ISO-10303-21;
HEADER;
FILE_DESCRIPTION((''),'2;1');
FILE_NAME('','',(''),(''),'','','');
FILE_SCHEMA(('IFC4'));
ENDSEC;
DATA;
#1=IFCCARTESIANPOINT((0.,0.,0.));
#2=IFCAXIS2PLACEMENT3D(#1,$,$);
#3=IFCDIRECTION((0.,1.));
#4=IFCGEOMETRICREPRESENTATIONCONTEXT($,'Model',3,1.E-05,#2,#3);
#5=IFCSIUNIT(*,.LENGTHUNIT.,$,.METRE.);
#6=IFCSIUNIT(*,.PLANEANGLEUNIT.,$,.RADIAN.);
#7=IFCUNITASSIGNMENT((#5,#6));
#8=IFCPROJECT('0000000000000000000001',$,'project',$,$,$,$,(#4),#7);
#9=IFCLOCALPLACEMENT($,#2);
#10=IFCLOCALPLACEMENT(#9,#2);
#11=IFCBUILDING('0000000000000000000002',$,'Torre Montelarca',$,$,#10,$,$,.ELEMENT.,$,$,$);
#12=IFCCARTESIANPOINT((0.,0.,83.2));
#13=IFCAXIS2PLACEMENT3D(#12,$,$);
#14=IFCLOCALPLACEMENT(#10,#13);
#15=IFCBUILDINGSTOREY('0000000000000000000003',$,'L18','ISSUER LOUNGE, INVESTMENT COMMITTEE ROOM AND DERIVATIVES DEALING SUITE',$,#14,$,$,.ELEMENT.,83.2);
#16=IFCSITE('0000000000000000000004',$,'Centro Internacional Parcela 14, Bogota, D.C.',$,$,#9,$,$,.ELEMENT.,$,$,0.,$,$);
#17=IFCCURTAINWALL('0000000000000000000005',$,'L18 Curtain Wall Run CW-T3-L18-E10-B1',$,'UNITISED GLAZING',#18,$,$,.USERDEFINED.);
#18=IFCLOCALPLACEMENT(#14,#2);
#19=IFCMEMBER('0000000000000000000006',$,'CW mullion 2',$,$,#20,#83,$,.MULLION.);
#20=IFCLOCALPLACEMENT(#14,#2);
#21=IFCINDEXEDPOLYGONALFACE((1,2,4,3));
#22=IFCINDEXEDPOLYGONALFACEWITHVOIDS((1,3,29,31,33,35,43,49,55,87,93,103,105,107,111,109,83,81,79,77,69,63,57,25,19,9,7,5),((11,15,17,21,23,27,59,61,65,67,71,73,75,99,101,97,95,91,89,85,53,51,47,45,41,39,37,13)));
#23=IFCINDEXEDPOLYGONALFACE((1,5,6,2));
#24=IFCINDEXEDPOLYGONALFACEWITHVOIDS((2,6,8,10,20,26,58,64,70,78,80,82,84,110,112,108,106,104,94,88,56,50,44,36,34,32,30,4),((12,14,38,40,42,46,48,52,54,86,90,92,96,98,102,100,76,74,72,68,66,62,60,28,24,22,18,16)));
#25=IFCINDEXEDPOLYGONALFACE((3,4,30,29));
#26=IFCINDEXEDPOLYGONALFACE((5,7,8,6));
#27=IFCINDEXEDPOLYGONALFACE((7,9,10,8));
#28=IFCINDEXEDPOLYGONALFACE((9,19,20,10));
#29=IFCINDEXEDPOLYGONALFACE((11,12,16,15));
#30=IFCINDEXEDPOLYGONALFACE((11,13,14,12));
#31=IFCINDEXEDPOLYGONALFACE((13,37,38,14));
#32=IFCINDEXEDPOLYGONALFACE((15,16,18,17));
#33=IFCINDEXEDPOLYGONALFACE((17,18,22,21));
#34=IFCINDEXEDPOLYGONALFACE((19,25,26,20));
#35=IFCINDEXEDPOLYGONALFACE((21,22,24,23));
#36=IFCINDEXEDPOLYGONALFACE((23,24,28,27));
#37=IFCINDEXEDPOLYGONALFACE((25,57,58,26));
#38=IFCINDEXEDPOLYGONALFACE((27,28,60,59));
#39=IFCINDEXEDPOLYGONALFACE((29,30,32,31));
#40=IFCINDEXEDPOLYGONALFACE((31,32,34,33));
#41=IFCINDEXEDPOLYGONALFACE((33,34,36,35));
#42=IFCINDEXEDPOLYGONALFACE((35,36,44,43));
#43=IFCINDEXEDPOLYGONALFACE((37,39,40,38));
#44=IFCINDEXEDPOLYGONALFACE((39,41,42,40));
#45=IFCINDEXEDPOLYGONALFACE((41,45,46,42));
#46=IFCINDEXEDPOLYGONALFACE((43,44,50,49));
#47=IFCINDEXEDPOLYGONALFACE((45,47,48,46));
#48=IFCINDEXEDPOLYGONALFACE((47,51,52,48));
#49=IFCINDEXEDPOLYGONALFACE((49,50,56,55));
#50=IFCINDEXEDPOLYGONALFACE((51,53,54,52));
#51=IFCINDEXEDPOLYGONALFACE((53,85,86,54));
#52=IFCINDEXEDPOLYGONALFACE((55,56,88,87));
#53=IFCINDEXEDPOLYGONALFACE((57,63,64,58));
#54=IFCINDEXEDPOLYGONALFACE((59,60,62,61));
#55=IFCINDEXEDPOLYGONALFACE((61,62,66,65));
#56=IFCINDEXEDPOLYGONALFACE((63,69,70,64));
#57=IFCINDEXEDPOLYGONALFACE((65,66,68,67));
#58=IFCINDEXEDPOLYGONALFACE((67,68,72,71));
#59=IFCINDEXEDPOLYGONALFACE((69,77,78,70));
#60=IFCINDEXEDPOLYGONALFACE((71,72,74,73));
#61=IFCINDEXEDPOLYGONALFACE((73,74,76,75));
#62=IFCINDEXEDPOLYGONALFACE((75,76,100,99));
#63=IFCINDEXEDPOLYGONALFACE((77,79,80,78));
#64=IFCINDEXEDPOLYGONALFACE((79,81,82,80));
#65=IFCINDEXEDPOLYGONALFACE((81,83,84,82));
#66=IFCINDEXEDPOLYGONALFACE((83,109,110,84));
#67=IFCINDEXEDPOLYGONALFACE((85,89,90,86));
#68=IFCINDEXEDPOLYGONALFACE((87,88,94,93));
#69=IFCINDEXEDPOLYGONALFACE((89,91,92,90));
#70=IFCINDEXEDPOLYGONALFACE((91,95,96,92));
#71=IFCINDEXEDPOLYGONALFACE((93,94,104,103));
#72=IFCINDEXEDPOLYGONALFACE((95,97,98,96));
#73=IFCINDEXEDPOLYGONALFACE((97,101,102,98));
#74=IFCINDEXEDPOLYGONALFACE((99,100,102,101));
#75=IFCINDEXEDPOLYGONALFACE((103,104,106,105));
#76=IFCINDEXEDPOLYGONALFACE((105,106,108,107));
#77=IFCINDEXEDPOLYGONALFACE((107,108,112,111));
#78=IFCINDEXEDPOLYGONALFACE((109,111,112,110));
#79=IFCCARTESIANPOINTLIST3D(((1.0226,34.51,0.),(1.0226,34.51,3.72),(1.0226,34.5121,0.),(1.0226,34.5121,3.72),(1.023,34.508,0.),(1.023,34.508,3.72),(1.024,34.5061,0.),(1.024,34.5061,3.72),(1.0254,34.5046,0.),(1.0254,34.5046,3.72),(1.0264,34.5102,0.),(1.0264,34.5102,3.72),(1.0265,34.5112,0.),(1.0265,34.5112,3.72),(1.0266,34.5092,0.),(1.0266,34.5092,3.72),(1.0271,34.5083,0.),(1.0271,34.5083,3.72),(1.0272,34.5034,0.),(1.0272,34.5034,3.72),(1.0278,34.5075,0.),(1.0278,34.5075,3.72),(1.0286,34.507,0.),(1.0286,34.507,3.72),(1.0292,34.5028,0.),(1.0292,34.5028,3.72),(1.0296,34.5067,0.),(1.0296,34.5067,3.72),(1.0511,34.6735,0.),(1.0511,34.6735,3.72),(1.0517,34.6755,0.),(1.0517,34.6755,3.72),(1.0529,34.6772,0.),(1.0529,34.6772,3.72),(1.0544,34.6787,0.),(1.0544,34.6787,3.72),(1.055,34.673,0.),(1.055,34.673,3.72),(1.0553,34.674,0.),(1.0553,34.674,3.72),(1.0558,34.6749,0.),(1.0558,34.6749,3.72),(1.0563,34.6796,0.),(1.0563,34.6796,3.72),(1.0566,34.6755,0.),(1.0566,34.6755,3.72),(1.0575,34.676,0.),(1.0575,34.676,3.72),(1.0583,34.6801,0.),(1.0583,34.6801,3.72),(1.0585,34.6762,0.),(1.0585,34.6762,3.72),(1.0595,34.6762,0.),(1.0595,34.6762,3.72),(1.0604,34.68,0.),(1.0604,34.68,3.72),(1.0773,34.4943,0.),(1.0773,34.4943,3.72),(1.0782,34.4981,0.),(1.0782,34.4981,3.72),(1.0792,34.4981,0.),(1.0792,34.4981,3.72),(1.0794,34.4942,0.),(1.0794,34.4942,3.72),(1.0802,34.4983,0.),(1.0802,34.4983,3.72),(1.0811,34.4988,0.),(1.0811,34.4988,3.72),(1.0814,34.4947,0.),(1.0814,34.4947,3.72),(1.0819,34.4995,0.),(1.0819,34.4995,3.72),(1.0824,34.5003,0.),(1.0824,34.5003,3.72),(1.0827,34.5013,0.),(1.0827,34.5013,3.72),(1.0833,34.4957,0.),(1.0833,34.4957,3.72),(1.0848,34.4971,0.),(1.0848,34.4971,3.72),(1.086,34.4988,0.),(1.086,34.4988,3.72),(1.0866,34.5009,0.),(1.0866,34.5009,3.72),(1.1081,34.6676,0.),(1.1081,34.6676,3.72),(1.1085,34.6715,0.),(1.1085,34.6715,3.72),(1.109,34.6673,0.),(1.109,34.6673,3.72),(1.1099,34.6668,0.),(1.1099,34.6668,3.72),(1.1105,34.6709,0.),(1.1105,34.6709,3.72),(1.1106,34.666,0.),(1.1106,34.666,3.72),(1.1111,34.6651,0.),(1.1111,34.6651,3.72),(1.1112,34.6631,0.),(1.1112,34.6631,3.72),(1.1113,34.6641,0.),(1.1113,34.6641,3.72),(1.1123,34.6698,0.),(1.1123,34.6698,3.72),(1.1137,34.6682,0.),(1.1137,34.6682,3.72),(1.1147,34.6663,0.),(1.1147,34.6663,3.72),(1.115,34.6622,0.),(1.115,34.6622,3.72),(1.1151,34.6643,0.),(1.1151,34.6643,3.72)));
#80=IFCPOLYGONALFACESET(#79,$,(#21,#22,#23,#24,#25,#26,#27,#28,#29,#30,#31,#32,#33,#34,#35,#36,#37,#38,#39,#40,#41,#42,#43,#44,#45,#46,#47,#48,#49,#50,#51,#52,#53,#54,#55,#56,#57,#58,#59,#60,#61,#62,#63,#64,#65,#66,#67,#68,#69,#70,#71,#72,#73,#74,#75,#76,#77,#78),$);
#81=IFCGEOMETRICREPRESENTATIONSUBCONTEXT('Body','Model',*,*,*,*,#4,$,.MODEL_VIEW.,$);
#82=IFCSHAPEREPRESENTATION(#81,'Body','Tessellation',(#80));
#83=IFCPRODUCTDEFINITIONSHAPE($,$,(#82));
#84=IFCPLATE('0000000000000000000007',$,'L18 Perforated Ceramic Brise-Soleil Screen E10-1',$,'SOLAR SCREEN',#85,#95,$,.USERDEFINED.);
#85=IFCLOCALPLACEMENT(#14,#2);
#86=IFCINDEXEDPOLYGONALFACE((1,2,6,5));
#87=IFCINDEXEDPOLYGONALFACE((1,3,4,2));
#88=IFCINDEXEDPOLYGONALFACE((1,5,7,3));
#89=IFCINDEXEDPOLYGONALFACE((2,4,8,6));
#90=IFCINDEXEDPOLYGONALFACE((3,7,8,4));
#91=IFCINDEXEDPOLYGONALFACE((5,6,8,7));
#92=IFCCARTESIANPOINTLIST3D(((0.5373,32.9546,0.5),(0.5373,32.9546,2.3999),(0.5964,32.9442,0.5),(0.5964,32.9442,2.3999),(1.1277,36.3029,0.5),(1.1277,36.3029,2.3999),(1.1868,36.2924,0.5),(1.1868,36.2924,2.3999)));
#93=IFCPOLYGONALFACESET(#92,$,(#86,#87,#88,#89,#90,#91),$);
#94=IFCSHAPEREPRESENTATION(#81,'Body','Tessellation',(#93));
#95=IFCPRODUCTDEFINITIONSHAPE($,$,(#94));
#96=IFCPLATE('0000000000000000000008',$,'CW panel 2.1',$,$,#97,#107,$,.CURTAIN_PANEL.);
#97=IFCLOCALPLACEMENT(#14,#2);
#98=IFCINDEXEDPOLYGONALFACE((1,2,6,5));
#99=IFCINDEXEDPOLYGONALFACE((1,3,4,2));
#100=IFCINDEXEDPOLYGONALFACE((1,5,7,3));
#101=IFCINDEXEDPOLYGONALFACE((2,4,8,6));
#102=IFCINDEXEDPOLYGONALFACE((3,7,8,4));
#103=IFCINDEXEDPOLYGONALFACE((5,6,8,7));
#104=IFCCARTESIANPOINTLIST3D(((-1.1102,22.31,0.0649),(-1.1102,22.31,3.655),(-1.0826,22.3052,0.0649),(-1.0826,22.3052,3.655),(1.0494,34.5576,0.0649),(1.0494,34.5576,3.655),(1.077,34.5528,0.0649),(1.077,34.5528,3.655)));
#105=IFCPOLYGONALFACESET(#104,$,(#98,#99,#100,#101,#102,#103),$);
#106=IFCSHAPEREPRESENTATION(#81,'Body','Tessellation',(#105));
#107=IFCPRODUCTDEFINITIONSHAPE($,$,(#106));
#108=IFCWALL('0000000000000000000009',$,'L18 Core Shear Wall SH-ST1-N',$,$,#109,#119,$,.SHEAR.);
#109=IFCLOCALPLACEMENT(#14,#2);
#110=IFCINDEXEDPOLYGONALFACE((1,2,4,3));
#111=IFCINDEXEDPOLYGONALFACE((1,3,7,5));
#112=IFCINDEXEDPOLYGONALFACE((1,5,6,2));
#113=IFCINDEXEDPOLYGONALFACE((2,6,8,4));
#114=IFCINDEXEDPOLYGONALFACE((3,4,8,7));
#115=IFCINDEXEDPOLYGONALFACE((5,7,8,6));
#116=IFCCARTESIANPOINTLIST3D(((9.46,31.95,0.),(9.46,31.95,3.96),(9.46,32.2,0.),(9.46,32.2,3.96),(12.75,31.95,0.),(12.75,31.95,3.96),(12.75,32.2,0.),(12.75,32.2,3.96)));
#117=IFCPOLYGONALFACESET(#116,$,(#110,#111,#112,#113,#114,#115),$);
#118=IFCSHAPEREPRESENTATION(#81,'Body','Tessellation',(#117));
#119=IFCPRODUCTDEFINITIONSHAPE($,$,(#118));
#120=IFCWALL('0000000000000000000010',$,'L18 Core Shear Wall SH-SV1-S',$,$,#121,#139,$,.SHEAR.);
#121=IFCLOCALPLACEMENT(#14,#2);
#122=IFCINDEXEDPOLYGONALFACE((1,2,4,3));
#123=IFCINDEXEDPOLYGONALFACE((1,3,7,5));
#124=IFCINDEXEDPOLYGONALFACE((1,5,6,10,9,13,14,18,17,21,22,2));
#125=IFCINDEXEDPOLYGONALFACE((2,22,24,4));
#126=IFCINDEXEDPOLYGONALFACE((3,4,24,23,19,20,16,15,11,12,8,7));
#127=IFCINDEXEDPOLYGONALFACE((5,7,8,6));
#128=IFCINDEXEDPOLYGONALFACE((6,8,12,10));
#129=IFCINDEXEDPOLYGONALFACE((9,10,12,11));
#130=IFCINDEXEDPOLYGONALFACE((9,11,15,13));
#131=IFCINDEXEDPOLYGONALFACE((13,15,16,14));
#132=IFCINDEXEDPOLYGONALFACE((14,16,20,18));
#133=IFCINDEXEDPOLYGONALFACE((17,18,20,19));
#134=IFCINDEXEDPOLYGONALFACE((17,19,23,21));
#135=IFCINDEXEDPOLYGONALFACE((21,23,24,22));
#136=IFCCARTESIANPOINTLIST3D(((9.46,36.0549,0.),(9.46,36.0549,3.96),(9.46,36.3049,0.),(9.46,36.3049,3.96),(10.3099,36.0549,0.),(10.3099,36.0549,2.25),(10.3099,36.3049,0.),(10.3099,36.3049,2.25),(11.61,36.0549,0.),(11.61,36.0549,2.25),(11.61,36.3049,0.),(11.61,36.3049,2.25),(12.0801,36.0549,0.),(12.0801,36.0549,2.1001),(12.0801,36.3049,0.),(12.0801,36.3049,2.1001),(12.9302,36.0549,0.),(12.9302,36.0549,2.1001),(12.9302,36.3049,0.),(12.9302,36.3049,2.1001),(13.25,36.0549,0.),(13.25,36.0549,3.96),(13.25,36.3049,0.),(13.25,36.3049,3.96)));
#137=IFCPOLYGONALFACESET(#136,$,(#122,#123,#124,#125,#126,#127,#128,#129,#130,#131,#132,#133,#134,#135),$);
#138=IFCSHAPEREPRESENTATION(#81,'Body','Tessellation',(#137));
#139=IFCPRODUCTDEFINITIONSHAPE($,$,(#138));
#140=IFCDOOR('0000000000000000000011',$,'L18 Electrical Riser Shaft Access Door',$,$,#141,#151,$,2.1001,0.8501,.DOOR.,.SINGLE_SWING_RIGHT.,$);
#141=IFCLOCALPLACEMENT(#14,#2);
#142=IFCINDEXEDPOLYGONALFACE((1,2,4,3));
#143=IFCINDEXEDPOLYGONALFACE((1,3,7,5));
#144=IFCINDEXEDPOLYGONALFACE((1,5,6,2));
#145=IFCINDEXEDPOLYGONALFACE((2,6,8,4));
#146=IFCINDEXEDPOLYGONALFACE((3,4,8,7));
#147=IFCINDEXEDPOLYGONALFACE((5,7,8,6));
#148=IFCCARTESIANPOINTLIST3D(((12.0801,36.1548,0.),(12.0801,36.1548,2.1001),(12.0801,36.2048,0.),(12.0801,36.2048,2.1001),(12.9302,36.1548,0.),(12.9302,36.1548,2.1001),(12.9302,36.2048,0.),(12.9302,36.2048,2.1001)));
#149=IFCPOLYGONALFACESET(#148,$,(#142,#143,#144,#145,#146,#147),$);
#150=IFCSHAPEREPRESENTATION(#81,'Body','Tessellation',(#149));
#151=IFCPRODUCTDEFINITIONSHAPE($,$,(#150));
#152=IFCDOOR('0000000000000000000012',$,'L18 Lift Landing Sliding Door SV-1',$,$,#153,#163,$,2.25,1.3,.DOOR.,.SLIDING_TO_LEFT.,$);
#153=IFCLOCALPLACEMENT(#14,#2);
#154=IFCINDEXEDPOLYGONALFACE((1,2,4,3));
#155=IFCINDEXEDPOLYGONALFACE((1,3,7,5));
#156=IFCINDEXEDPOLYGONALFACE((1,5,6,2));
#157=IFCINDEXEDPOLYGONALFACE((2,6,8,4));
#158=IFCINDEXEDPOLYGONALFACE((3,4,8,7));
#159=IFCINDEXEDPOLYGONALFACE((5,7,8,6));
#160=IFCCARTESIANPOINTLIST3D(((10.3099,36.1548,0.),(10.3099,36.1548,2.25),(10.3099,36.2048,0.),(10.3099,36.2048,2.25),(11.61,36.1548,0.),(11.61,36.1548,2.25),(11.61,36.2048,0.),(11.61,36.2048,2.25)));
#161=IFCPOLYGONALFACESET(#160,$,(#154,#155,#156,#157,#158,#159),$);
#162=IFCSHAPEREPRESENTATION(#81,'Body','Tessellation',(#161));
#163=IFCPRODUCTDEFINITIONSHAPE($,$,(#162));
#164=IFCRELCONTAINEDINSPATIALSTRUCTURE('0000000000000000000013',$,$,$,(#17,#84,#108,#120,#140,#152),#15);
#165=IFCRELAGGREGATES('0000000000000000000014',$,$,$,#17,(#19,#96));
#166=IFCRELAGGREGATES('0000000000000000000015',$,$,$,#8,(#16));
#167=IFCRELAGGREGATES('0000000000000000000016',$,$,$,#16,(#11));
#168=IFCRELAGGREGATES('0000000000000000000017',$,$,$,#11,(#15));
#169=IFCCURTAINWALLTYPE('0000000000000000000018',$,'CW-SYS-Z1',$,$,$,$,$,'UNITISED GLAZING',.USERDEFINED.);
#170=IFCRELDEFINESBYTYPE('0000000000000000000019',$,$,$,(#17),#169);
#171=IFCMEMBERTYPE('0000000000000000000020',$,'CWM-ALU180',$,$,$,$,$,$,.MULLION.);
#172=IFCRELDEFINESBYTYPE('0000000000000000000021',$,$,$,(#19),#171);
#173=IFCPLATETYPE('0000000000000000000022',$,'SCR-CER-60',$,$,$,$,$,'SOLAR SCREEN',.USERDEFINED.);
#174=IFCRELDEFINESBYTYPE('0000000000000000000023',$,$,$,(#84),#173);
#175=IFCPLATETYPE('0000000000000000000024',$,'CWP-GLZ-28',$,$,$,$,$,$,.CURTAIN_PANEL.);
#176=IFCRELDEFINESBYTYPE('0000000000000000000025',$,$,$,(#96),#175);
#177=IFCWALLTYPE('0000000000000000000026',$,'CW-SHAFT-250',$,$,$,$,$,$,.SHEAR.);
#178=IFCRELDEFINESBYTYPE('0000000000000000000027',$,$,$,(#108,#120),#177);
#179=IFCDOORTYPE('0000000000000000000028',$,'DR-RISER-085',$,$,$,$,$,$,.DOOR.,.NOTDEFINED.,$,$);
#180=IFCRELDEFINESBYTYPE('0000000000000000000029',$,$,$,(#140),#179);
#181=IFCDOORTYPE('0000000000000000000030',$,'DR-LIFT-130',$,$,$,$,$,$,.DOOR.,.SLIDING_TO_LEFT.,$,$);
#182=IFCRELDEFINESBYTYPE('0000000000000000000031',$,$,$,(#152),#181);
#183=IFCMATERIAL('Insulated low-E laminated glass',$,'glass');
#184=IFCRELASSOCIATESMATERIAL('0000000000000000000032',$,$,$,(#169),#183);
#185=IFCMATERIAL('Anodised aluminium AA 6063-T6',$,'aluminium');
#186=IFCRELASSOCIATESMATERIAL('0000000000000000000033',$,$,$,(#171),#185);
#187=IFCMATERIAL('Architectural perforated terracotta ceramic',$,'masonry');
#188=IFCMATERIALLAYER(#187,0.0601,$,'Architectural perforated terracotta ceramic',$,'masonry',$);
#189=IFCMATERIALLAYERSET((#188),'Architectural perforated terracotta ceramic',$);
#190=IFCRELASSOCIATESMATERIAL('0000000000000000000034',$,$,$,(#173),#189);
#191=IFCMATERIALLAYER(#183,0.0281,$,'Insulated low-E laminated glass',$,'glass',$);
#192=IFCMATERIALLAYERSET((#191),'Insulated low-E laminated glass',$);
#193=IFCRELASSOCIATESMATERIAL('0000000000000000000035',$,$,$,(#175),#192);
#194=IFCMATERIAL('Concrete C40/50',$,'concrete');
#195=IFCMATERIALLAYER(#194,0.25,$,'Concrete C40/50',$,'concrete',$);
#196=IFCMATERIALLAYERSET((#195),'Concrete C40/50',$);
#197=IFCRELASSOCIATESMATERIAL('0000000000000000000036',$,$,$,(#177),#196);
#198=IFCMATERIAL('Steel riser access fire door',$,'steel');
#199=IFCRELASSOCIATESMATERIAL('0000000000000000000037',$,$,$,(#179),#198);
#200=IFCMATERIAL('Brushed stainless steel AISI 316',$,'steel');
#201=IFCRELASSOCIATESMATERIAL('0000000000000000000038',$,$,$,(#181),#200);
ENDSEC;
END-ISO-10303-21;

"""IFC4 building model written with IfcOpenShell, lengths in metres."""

from ifc_helpers import new_model, si_unit, direction, frame, frame_2d, origin, origin_2d, place, context, subcontext, project, spatial, rectangle, hollow_rectangle, extrude, source, transform, mapped, material, layer, layer_set, material_profile, profile_set, type_object, element, fill, aggregate, save


model = new_model("IFC4")

# Units and contexts
model_context = context("Model", 3, precision=1e-05, world=origin(), true_north=direction((0.0, 1.0)))
body_context = subcontext(model_context, "Body", "Model", "MODEL_VIEW")
ifc_project = project(units=[si_unit("LENGTHUNIT", "METRE"), si_unit("PLANEANGLEUNIT", "RADIAN")], contexts=[model_context])

# Site, building, storey
site_placement = place(None, origin())
site = spatial("IfcSite", under=ifc_project, at=site_placement, Name="Centro Internacional Parcela 14, Bogota, D.C.", CompositionType="ELEMENT", RefElevation=0.0)
building_placement = place(site_placement, origin())
building = spatial("IfcBuilding", under=site, at=building_placement, Name="Torre Montelarca", CompositionType="ELEMENT")
storey_placement = place(building_placement, frame((0.0, 0.0, 83.2)))
storey = spatial("IfcBuildingStorey", under=building, at=storey_placement, Name="L18", Description="ISSUER LOUNGE, INVESTMENT COMMITTEE ROOM AND DERIVATIVES DEALING SUITE", CompositionType="ELEMENT", Elevation=83.2)

# Curtain wall, member
ifc_material_1 = material(Name="Insulated low-E laminated glass", Category="glass")
curtain_wall_type = type_object("IfcCurtainWallType", Name="CW-SYS-Z1", ElementType="UNITISED GLAZING", PredefinedType="USERDEFINED", material=ifc_material_1)
curtain_wall_placement = place(storey_placement, origin())
curtain_wall = element("IfcCurtainWall", 1, at=curtain_wall_placement, inside=storey, type_object=curtain_wall_type, Name="L18 Curtain Wall Run CW-T3-L18-E10-B1", ObjectType="UNITISED GLAZING", PredefinedType="USERDEFINED")
ifc_material_2 = material(Name="Anodised aluminium AA 6063-T6", Category="aluminium")
ifc_material_profile_1 = material_profile(ifc_material_2, hollow_rectangle(XDim=0.0649, YDim=0.1799, WallThickness=0.0039, InnerFilletRadius=0.0039, OuterFilletRadius=0.0081, at=origin_2d()), Name="ALU65X180X4", Category="aluminium")
ifc_profile_set_1 = profile_set([ifc_material_profile_1], Name="Anodised aluminium AA 6063-T6")
member_type_1 = type_object("IfcMemberType", Name="CWM-ALU180", PredefinedType="MULLION", material=ifc_profile_set_1)
shared_shape_1 = source(origin(), body_context, "Body", "SweptSolid", [
    extrude(hollow_rectangle(XDim=0.0649, YDim=0.1799, WallThickness=0.0039, InnerFilletRadius=0.0039, OuterFilletRadius=0.0081, at=origin_2d()), origin(), (0.0, 0.0, 1.0), 3.72),
])
member_1_placement = place(storey_placement, frame((1.0688, 34.5872, 0.0), z_axis=(0.0, 0.0, 1.0), x_axis=(0.984808, -0.173646, 0.0)))
member_1 = element("IfcMember", 2, at=member_1_placement, type_object=member_type_1, Name="CW mullion 2", PredefinedType="MULLION", context=body_context, shape_type="MappedRepresentation", body=[
    mapped(shared_shape_1, transform((0.0, 0.0, 0.0), scale=1.0)),
])

# Plates
ifc_material_3 = material(Name="Architectural perforated terracotta ceramic", Category="masonry")
ifc_layer_1 = layer(ifc_material_3, 0.0601, Name="Architectural perforated terracotta ceramic", Category="masonry")
ifc_layer_set_1 = layer_set([ifc_layer_1], Name="Architectural perforated terracotta ceramic")
plate_type_1 = type_object("IfcPlateType", Name="SCR-CER-60", ElementType="SOLAR SCREEN", PredefinedType="USERDEFINED", material=ifc_layer_set_1)
shared_shape_2 = source(origin(), body_context, "Body", "SweptSolid", [
    extrude(rectangle(XDim=3.3999, YDim=0.0601, at=origin_2d()), origin(), (0.0, 0.0, 1.0), 1.8999),
])
plate_1_placement = place(storey_placement, frame((0.8621, 34.6235, 0.5), z_axis=(0.0, 0.0, 1.0), x_axis=(-0.17365, -0.984807, 0.0)))
element("IfcPlate", 3, at=plate_1_placement, inside=storey, type_object=plate_type_1, Name="L18 Perforated Ceramic Brise-Soleil Screen E10-1", ObjectType="SOLAR SCREEN", PredefinedType="USERDEFINED", context=body_context, shape_type="MappedRepresentation", body=[
    mapped(shared_shape_2, transform((0.0, 0.0, 0.0), scale=1.0)),
])
ifc_layer_2 = layer(ifc_material_1, 0.0281, Name="Insulated low-E laminated glass", Category="glass")
ifc_layer_set_2 = layer_set([ifc_layer_2], Name="Insulated low-E laminated glass")
plate_type_2 = type_object("IfcPlateType", Name="CWP-GLZ-28", PredefinedType="CURTAIN_PANEL", material=ifc_layer_set_2)
shared_shape_3 = source(origin(), body_context, "Body", "SweptSolid", [
    extrude(rectangle(XDim=12.4365, YDim=0.0281, at=origin_2d()), origin(), (0.0, 0.0, 1.0), 3.5901),
])
plate_2_placement = place(storey_placement, frame((-0.0166, 28.4314, 0.0649), z_axis=(0.0, 0.0, 1.0), x_axis=(-0.173646, -0.984808, 0.0)))
plate_2 = element("IfcPlate", 4, at=plate_2_placement, type_object=plate_type_2, Name="CW panel 2.1", PredefinedType="CURTAIN_PANEL", context=body_context, shape_type="MappedRepresentation", body=[
    mapped(shared_shape_3, transform((0.0, 0.0, 0.0), scale=1.0)),
])
aggregate(curtain_wall, [member_1, plate_2])

# Wall
ifc_material_4 = material(Name="Concrete C40/50", Category="concrete")
ifc_layer_3 = layer(ifc_material_4, 0.25, Name="Concrete C40/50", Category="concrete")
ifc_layer_set_3 = layer_set([ifc_layer_3], Name="Concrete C40/50")
wall_type_1 = type_object("IfcWallType", Name="CW-SHAFT-250", PredefinedType="SHEAR", material=ifc_layer_set_3)
wall_1_placement = place(storey_placement, frame((9.46, 32.075, 0.0), z_axis=(0.0, 0.0, 1.0), x_axis=(1.0, 0.0, 0.0)))
element("IfcWall", 5, at=wall_1_placement, inside=storey, type_object=wall_type_1, Name="L18 Core Shear Wall SH-ST1-N", PredefinedType="SHEAR", context=body_context, shape_type="SweptSolid", body=[
    extrude(rectangle(XDim=3.29, YDim=0.25, at=frame_2d((1.645, 0.0))), origin(), (0.0, 0.0, 1.0), 3.96),
])

# Wall, openings, doors
wall_2_placement = place(storey_placement, frame((9.46, 36.1799, 0.0), z_axis=(0.0, 0.0, 1.0), x_axis=(1.0, 0.0, 0.0)))
wall_2 = element("IfcWall", 6, at=wall_2_placement, inside=storey, type_object=wall_type_1, Name="L18 Core Shear Wall SH-SV1-S", PredefinedType="SHEAR", context=body_context, shape_type="SweptSolid", body=[
    extrude(rectangle(XDim=3.79, YDim=0.25, at=frame_2d((1.895, 0.0))), origin(), (0.0, 0.0, 1.0), 3.96),
])
opening_1_placement = place(wall_2_placement, frame((2.6201, 0.0, 0.0)))
opening_1 = element("IfcOpeningElement", 7, at=opening_1_placement, cuts=wall_2, PredefinedType="OPENING", context=body_context, shape_type="SweptSolid", body=[
    extrude(rectangle(XDim=0.8501, YDim=2.1001, at=frame_2d((0.425, 1.05))), frame((0.0, 0.135, 0.0), z_axis=(0.0, -1.0, 0.0), x_axis=(1.0, 0.0, 0.0)), (0.0, 0.0, 1.0), 0.27),
])
opening_2_placement = place(wall_2_placement, frame((0.8501, 0.0, 0.0)))
opening_2 = element("IfcOpeningElement", 8, at=opening_2_placement, cuts=wall_2, PredefinedType="OPENING", context=body_context, shape_type="SweptSolid", body=[
    extrude(rectangle(XDim=1.3, YDim=2.25, at=frame_2d((0.6499, 1.125))), frame((0.0, 0.135, 0.0), z_axis=(0.0, -1.0, 0.0), x_axis=(1.0, 0.0, 0.0)), (0.0, 0.0, 1.0), 0.27),
])
ifc_material_5 = material(Name="Steel riser access fire door", Category="steel")
door_type_1 = type_object("IfcDoorType", Name="DR-RISER-085", OperationType="NOTDEFINED", PredefinedType="DOOR", material=ifc_material_5)
shared_shape_4 = source(origin(), body_context, "Body", "SweptSolid", [
    extrude(rectangle(XDim=0.8501, YDim=2.1001, at=frame_2d((0.425, 1.05))), frame((0.0, 0.0249, 0.0), z_axis=(0.0, -1.0, 0.0), x_axis=(1.0, 0.0, 0.0)), (0.0, 0.0, 1.0), 0.05),
])
door_1_placement = place(opening_1_placement, origin())
door_1 = element("IfcDoor", 9, at=door_1_placement, inside=storey, type_object=door_type_1, Name="L18 Electrical Riser Shaft Access Door", OperationType="SINGLE_SWING_RIGHT", OverallHeight=2.1001, OverallWidth=0.8501, PredefinedType="DOOR", context=body_context, shape_type="MappedRepresentation", body=[
    mapped(shared_shape_4, transform((0.0, 0.0, 0.0), scale=1.0)),
])
fill(opening_1, door_1)
ifc_material_6 = material(Name="Brushed stainless steel AISI 316", Category="steel")
door_type_2 = type_object("IfcDoorType", Name="DR-LIFT-130", OperationType="SLIDING_TO_LEFT", PredefinedType="DOOR", material=ifc_material_6)
shared_shape_5 = source(origin(), body_context, "Body", "SweptSolid", [
    extrude(rectangle(XDim=1.3, YDim=2.25, at=frame_2d((0.6499, 1.125))), frame((0.0, 0.0249, 0.0), z_axis=(0.0, -1.0, 0.0), x_axis=(1.0, 0.0, 0.0)), (0.0, 0.0, 1.0), 0.05),
])
door_2_placement = place(opening_2_placement, origin())
door_2 = element("IfcDoor", 10, at=door_2_placement, inside=storey, type_object=door_type_2, Name="L18 Lift Landing Sliding Door SV-1", OperationType="SLIDING_TO_LEFT", OverallHeight=2.25, OverallWidth=1.3, PredefinedType="DOOR", context=body_context, shape_type="MappedRepresentation", body=[
    mapped(shared_shape_5, transform((0.0, 0.0, 0.0), scale=1.0)),
])
fill(opening_2, door_2)

save(model, "model.ifc")
